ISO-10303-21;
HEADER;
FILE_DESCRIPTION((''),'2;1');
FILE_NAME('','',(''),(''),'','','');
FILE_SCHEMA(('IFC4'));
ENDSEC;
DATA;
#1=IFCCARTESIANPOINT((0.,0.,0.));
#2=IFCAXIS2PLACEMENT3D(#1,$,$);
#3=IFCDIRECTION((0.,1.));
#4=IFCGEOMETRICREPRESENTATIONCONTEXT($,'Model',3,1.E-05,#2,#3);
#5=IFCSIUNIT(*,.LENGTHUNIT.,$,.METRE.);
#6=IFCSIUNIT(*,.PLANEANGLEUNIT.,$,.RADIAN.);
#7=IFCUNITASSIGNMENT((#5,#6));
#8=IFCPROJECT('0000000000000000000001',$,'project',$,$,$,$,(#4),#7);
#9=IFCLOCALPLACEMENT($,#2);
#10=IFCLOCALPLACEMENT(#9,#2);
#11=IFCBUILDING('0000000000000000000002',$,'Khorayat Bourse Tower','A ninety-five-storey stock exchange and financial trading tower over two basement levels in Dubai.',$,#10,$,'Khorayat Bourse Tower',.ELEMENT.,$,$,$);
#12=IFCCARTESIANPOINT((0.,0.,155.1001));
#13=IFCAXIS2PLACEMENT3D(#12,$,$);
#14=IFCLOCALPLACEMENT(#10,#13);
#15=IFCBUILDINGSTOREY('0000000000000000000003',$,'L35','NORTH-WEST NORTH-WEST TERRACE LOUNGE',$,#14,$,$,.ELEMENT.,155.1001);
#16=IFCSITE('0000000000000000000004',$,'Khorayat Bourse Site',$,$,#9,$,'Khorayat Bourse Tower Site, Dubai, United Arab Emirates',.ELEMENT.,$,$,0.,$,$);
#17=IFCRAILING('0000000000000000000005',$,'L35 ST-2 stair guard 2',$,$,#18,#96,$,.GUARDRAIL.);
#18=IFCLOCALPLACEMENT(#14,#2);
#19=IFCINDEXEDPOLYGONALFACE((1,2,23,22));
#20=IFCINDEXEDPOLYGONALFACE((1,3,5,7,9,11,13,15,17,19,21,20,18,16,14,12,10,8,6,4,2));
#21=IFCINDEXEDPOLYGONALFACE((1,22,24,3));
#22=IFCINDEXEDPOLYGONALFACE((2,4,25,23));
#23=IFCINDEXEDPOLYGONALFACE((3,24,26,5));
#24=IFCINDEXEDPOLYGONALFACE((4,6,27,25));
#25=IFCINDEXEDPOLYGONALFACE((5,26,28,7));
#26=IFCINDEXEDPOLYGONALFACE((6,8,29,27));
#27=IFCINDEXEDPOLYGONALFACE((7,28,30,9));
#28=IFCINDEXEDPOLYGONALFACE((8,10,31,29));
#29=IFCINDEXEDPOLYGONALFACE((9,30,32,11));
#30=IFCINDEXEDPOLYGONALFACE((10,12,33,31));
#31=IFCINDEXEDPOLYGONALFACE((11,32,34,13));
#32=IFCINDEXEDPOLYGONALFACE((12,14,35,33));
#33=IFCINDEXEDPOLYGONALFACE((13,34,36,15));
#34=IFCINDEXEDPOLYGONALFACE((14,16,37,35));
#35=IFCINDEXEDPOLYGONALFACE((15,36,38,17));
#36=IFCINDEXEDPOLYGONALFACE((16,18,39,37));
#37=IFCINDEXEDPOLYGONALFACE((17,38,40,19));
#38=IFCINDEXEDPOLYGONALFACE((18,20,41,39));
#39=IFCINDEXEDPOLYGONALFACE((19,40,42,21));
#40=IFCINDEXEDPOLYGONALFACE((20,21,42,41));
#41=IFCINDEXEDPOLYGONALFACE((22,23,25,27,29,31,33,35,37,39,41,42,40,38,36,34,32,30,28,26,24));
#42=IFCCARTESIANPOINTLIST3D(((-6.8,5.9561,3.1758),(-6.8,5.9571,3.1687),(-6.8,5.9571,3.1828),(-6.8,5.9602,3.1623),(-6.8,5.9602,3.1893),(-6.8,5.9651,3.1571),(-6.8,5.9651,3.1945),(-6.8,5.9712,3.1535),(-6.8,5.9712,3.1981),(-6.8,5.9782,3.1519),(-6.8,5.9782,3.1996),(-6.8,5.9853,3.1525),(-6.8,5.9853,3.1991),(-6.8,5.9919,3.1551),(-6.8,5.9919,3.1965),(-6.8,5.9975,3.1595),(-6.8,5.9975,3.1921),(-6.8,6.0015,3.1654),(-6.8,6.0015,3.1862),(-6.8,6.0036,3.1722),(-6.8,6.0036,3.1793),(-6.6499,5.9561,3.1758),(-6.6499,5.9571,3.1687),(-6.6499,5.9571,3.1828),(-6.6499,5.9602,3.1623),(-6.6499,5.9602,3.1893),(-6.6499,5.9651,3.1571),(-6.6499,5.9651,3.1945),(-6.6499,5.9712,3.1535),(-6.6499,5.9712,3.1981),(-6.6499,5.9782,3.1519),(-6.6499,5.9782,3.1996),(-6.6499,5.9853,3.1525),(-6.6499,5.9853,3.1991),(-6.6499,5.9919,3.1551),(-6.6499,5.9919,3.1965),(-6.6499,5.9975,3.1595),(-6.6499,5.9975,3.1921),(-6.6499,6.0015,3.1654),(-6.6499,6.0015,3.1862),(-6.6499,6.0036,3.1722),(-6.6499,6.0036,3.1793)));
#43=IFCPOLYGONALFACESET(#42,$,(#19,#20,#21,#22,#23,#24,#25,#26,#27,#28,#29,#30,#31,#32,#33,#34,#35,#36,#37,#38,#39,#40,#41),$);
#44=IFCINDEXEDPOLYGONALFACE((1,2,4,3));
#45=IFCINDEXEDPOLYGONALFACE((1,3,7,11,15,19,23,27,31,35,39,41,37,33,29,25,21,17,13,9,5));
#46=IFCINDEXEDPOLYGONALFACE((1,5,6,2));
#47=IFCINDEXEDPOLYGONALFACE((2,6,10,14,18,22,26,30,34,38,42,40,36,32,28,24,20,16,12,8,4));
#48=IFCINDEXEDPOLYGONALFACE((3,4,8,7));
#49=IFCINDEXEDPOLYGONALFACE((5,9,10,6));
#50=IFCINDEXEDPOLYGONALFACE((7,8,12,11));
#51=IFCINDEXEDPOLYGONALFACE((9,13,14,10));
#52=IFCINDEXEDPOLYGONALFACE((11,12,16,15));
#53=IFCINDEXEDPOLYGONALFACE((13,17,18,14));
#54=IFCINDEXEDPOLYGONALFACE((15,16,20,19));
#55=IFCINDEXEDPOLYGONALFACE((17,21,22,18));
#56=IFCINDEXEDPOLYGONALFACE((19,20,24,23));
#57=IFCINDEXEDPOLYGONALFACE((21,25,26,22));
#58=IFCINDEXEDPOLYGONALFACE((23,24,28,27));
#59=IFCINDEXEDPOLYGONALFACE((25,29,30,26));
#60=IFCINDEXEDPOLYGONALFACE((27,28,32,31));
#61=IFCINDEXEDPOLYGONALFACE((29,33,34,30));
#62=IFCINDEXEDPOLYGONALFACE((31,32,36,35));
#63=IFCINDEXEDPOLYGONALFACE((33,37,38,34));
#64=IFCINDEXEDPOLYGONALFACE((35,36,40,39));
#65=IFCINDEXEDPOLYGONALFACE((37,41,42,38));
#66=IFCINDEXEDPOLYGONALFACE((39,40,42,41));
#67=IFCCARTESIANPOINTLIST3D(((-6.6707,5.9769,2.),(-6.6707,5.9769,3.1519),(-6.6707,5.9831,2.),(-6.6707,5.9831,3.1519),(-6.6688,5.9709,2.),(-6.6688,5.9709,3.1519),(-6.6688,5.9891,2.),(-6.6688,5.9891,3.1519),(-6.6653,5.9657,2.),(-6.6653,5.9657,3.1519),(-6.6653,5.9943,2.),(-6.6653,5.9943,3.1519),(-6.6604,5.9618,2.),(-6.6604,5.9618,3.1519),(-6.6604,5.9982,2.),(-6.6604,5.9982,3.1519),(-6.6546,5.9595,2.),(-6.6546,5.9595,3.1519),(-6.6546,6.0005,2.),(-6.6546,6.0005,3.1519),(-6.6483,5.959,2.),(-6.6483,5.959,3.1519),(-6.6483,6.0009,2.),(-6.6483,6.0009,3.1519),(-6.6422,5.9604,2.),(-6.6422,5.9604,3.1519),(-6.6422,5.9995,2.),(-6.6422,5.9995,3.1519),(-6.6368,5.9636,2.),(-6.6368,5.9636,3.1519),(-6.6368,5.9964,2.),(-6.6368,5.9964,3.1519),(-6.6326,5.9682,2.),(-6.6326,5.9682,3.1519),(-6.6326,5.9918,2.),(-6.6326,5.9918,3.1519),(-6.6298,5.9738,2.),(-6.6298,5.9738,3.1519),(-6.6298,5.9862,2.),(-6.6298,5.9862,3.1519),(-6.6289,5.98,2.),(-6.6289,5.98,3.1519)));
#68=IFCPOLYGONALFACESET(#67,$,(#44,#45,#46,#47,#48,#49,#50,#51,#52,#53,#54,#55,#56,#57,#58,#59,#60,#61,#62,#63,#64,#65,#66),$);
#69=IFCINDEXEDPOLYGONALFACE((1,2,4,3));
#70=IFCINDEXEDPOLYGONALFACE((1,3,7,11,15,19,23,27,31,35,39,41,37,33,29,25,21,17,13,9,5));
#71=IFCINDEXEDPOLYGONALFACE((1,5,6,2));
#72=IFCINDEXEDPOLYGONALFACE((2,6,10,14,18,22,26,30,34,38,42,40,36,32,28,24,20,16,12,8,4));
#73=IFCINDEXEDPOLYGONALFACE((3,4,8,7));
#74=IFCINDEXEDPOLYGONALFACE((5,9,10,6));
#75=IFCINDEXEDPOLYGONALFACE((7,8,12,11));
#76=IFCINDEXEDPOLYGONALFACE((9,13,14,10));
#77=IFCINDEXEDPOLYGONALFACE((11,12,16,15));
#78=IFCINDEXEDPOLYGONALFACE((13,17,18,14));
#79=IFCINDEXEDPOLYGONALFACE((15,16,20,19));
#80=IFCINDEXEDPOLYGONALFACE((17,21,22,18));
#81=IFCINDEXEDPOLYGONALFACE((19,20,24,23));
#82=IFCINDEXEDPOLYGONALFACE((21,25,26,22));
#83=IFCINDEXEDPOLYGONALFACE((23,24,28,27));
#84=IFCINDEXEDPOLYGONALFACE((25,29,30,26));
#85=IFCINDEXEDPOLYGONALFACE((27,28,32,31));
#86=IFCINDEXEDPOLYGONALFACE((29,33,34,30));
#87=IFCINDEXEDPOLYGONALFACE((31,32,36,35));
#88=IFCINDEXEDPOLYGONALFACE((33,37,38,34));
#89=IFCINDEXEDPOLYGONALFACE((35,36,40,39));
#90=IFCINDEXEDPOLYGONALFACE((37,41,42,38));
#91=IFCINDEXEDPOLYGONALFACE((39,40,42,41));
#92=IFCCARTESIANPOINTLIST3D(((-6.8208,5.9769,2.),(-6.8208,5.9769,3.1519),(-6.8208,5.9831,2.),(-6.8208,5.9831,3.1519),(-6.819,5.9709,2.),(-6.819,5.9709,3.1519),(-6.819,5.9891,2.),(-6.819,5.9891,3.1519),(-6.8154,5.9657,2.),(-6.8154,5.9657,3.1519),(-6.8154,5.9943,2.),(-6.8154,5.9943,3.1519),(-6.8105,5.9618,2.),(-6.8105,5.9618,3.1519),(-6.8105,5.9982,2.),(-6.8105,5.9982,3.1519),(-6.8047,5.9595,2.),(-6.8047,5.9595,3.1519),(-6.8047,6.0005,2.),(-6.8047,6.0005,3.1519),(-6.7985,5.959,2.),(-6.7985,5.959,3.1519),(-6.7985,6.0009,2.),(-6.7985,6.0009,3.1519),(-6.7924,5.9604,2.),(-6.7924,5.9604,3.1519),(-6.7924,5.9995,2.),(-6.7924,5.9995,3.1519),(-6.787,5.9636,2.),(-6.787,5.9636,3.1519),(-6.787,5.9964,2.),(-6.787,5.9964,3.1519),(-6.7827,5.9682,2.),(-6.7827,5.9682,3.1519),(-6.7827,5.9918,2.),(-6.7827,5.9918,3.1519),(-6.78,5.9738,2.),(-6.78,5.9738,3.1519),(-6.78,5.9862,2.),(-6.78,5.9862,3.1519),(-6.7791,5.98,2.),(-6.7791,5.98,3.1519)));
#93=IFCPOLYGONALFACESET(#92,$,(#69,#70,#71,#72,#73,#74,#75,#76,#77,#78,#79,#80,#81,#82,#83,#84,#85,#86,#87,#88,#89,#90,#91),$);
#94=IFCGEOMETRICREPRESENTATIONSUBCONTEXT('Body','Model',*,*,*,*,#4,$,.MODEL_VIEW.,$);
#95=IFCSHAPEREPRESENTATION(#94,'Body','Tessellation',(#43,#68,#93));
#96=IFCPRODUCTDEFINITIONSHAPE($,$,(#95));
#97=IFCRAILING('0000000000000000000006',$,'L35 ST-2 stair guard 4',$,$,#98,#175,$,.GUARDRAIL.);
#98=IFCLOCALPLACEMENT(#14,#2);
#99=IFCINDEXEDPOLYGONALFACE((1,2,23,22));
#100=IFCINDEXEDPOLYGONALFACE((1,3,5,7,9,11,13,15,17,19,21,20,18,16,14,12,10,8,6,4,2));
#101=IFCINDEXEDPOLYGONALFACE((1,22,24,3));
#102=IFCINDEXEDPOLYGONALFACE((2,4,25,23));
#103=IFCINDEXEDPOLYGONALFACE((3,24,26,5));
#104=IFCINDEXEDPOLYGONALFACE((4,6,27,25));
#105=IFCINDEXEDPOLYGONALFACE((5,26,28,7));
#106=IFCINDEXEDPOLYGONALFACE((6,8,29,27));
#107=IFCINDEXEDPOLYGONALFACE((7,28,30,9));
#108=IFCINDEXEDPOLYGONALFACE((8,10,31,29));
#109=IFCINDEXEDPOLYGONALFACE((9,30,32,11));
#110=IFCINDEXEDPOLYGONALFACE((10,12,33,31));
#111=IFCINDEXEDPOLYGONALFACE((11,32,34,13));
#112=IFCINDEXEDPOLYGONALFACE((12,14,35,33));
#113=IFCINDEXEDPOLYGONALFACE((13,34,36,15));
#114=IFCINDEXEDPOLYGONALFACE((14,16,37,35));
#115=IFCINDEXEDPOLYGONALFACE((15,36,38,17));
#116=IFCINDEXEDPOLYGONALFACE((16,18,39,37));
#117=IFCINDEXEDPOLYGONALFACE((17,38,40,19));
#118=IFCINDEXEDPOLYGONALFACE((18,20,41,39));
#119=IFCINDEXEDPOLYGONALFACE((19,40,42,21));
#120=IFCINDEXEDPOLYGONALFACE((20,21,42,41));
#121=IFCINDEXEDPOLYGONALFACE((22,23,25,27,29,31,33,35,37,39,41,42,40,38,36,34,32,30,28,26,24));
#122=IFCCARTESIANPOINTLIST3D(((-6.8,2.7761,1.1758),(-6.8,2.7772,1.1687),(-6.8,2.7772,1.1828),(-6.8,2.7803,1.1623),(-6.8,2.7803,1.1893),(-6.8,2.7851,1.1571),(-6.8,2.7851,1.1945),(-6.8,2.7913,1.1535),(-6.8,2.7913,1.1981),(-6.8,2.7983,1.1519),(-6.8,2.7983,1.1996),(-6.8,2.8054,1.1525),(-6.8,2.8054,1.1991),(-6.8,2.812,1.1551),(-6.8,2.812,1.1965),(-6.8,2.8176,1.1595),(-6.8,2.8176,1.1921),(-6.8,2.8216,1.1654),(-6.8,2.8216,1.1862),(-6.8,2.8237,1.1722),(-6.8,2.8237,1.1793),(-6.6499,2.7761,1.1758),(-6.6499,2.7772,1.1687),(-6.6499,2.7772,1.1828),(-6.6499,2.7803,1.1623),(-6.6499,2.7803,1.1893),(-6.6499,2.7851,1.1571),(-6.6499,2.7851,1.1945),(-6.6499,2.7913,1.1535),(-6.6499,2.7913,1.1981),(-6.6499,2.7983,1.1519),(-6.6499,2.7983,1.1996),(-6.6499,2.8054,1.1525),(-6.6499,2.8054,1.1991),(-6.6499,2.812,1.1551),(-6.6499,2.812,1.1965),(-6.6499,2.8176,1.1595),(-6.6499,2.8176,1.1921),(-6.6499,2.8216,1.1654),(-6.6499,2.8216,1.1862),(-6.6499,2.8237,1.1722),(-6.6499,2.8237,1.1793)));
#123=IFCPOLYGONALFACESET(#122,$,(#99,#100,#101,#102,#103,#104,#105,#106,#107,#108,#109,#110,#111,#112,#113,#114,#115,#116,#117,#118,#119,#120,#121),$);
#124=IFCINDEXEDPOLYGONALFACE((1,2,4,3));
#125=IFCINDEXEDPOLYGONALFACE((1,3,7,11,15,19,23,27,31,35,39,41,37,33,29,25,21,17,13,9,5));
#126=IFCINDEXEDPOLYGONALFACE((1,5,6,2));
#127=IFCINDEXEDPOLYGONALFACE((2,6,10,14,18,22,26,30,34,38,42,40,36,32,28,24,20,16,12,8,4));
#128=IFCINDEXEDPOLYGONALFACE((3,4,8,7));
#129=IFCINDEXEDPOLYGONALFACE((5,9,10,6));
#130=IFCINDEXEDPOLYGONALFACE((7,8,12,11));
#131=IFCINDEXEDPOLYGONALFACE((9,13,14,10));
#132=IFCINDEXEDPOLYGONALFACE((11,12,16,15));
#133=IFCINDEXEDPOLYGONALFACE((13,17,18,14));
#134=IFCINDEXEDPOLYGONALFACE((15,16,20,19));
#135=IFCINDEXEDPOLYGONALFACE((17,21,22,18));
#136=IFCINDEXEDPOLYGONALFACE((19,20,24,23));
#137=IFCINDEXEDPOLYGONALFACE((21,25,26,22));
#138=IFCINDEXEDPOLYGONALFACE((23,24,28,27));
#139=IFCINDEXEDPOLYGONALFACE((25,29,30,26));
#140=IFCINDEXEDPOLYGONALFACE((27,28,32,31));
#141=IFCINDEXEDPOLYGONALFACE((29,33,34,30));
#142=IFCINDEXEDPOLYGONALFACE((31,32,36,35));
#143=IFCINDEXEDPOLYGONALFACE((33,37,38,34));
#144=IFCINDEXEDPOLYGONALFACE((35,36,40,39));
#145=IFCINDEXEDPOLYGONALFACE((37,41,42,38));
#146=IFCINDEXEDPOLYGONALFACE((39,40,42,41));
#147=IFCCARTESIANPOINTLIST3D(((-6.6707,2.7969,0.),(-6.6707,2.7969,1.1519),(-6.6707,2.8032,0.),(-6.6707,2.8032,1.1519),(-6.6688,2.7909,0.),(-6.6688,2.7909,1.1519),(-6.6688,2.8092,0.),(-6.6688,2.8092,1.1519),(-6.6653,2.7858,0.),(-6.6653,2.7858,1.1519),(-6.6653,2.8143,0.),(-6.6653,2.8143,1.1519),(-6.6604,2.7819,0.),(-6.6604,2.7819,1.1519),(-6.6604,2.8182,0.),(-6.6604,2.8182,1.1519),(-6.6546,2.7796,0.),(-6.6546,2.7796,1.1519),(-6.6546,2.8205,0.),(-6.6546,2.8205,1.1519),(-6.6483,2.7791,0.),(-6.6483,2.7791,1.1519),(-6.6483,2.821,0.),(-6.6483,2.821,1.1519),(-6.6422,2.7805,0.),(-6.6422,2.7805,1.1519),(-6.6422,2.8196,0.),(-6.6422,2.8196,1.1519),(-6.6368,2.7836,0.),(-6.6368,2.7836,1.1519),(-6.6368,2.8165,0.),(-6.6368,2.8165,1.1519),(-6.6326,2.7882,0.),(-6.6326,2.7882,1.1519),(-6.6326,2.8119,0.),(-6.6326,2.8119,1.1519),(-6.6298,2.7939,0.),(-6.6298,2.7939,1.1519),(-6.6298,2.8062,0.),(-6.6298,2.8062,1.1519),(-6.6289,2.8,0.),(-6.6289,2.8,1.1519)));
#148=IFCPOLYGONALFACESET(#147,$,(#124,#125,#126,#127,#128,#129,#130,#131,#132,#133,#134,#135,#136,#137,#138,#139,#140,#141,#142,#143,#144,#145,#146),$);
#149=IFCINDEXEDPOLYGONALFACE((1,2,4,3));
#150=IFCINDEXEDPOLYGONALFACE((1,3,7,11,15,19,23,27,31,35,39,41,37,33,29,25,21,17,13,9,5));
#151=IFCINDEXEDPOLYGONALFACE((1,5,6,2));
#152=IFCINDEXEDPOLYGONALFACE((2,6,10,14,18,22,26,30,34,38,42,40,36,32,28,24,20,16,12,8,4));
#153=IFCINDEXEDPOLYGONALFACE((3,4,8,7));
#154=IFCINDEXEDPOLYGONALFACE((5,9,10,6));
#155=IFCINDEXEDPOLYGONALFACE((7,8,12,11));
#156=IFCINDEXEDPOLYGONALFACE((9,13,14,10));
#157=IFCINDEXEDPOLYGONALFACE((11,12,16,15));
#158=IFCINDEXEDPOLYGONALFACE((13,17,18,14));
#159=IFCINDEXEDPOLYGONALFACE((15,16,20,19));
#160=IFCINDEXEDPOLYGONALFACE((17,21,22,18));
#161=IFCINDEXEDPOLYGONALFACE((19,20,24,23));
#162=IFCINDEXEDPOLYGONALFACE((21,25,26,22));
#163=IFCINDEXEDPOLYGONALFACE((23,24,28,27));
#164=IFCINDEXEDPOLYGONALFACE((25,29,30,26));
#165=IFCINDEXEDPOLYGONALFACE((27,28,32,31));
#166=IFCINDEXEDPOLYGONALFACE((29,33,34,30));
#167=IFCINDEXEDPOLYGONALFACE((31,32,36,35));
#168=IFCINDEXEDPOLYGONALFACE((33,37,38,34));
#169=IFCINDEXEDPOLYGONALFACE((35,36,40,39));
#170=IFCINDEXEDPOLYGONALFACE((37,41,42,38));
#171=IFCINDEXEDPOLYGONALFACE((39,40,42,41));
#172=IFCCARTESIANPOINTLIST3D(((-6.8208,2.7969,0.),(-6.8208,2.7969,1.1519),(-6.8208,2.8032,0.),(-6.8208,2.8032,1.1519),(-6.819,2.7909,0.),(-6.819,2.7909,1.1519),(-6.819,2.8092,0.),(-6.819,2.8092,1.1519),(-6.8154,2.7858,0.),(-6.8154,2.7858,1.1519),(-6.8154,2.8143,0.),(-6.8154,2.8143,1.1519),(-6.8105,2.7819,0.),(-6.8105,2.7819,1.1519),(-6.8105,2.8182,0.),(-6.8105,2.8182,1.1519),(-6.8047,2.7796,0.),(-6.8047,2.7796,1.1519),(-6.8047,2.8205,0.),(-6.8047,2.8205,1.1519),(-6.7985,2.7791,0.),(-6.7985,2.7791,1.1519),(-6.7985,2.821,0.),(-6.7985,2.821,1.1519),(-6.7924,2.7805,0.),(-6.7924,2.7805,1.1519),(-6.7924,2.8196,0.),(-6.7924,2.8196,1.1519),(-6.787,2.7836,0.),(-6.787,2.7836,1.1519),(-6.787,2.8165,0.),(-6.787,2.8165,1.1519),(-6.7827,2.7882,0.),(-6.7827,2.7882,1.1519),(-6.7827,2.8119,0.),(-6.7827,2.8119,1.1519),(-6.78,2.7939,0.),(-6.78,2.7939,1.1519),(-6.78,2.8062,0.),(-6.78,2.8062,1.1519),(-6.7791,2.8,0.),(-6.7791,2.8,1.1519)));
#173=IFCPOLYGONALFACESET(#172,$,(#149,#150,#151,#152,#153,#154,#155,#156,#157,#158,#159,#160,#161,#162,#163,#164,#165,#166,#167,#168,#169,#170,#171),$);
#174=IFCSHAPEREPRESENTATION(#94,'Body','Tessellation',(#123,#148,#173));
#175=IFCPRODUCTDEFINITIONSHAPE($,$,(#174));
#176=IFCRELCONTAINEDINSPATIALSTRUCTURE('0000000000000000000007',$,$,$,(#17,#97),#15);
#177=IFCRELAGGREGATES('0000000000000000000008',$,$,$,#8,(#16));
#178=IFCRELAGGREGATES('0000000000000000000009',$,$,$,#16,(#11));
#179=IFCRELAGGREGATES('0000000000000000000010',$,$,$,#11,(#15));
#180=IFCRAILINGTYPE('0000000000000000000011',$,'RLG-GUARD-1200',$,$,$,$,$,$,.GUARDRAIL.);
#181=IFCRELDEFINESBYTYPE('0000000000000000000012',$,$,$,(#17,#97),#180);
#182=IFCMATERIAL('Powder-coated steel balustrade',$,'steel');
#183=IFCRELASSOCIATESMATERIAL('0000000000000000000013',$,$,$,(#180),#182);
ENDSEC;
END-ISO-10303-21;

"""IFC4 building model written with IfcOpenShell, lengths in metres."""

from ifc_helpers import new_model, si_unit, direction, frame, origin, origin_2d, place, context, subcontext, project, spatial, circle, extrude, source, transform, mapped, material, type_object, element, save


model = new_model("IFC4")

# Units and contexts
model_context = context("Model", 3, precision=1e-05, world=origin(), true_north=direction((0.0, 1.0)))
body_context = subcontext(model_context, "Body", "Model", "MODEL_VIEW")
ifc_project = project(units=[si_unit("LENGTHUNIT", "METRE"), si_unit("PLANEANGLEUNIT", "RADIAN")], contexts=[model_context])

# Site, building, storey
site_placement = place(None, origin())
site = spatial("IfcSite", under=ifc_project, at=site_placement, Name="Khorayat Bourse Site", LongName="Khorayat Bourse Tower Site, Dubai, United Arab Emirates", CompositionType="ELEMENT", RefElevation=0.0)
building_placement = place(site_placement, origin())
building = spatial("IfcBuilding", under=site, at=building_placement, Name="Khorayat Bourse Tower", Description="A ninety-five-storey stock exchange and financial trading tower over two basement levels in Dubai.", LongName="Khorayat Bourse Tower", CompositionType="ELEMENT")
storey_placement = place(building_placement, frame((0.0, 0.0, 155.1001)))
storey = spatial("IfcBuildingStorey", under=building, at=storey_placement, Name="L35", Description="NORTH-WEST NORTH-WEST TERRACE LOUNGE", CompositionType="ELEMENT", Elevation=155.1001)

# Railings
ifc_material_1 = material(Name="Powder-coated steel balustrade", Category="steel")
railing_type_1 = type_object("IfcRailingType", Name="RLG-GUARD-1200", PredefinedType="GUARDRAIL", material=ifc_material_1)
shared_shape_1 = source(origin(), body_context, "Body", "SweptSolid", [
    extrude(circle(Radius=0.0239, at=origin_2d()), frame((0.0, 0.0, 1.1758), z_axis=(-1.0, 0.0, 0.0), x_axis=(0.0, -1.0, 0.0)), (0.0, 0.0, 1.0), 0.1501),
    extrude(circle(Radius=0.021, at=origin_2d()), origin(), (0.0, 0.0, 1.0), 1.1519),
    extrude(circle(Radius=0.021, at=origin_2d()), frame((-0.1501, 0.0, 0.0)), (0.0, 0.0, 1.0), 1.1519),
])
for number, where, name in (
    (1, (-6.6499, 5.98, 2.0), "L35 ST-2 stair guard 2"),
    (2, (-6.6499, 2.8, 0.0), "L35 ST-2 stair guard 4"),
):
    element("IfcRailing", number, at=place(storey_placement, frame(where)), inside=storey, type_object=railing_type_1, Name=name, PredefinedType="GUARDRAIL", context=body_context, shape_type="MappedRepresentation", body=[
        mapped(shared_shape_1, transform((0.0, 0.0, 0.0), scale=1.0)),
    ])

save(model, "model.ifc")
